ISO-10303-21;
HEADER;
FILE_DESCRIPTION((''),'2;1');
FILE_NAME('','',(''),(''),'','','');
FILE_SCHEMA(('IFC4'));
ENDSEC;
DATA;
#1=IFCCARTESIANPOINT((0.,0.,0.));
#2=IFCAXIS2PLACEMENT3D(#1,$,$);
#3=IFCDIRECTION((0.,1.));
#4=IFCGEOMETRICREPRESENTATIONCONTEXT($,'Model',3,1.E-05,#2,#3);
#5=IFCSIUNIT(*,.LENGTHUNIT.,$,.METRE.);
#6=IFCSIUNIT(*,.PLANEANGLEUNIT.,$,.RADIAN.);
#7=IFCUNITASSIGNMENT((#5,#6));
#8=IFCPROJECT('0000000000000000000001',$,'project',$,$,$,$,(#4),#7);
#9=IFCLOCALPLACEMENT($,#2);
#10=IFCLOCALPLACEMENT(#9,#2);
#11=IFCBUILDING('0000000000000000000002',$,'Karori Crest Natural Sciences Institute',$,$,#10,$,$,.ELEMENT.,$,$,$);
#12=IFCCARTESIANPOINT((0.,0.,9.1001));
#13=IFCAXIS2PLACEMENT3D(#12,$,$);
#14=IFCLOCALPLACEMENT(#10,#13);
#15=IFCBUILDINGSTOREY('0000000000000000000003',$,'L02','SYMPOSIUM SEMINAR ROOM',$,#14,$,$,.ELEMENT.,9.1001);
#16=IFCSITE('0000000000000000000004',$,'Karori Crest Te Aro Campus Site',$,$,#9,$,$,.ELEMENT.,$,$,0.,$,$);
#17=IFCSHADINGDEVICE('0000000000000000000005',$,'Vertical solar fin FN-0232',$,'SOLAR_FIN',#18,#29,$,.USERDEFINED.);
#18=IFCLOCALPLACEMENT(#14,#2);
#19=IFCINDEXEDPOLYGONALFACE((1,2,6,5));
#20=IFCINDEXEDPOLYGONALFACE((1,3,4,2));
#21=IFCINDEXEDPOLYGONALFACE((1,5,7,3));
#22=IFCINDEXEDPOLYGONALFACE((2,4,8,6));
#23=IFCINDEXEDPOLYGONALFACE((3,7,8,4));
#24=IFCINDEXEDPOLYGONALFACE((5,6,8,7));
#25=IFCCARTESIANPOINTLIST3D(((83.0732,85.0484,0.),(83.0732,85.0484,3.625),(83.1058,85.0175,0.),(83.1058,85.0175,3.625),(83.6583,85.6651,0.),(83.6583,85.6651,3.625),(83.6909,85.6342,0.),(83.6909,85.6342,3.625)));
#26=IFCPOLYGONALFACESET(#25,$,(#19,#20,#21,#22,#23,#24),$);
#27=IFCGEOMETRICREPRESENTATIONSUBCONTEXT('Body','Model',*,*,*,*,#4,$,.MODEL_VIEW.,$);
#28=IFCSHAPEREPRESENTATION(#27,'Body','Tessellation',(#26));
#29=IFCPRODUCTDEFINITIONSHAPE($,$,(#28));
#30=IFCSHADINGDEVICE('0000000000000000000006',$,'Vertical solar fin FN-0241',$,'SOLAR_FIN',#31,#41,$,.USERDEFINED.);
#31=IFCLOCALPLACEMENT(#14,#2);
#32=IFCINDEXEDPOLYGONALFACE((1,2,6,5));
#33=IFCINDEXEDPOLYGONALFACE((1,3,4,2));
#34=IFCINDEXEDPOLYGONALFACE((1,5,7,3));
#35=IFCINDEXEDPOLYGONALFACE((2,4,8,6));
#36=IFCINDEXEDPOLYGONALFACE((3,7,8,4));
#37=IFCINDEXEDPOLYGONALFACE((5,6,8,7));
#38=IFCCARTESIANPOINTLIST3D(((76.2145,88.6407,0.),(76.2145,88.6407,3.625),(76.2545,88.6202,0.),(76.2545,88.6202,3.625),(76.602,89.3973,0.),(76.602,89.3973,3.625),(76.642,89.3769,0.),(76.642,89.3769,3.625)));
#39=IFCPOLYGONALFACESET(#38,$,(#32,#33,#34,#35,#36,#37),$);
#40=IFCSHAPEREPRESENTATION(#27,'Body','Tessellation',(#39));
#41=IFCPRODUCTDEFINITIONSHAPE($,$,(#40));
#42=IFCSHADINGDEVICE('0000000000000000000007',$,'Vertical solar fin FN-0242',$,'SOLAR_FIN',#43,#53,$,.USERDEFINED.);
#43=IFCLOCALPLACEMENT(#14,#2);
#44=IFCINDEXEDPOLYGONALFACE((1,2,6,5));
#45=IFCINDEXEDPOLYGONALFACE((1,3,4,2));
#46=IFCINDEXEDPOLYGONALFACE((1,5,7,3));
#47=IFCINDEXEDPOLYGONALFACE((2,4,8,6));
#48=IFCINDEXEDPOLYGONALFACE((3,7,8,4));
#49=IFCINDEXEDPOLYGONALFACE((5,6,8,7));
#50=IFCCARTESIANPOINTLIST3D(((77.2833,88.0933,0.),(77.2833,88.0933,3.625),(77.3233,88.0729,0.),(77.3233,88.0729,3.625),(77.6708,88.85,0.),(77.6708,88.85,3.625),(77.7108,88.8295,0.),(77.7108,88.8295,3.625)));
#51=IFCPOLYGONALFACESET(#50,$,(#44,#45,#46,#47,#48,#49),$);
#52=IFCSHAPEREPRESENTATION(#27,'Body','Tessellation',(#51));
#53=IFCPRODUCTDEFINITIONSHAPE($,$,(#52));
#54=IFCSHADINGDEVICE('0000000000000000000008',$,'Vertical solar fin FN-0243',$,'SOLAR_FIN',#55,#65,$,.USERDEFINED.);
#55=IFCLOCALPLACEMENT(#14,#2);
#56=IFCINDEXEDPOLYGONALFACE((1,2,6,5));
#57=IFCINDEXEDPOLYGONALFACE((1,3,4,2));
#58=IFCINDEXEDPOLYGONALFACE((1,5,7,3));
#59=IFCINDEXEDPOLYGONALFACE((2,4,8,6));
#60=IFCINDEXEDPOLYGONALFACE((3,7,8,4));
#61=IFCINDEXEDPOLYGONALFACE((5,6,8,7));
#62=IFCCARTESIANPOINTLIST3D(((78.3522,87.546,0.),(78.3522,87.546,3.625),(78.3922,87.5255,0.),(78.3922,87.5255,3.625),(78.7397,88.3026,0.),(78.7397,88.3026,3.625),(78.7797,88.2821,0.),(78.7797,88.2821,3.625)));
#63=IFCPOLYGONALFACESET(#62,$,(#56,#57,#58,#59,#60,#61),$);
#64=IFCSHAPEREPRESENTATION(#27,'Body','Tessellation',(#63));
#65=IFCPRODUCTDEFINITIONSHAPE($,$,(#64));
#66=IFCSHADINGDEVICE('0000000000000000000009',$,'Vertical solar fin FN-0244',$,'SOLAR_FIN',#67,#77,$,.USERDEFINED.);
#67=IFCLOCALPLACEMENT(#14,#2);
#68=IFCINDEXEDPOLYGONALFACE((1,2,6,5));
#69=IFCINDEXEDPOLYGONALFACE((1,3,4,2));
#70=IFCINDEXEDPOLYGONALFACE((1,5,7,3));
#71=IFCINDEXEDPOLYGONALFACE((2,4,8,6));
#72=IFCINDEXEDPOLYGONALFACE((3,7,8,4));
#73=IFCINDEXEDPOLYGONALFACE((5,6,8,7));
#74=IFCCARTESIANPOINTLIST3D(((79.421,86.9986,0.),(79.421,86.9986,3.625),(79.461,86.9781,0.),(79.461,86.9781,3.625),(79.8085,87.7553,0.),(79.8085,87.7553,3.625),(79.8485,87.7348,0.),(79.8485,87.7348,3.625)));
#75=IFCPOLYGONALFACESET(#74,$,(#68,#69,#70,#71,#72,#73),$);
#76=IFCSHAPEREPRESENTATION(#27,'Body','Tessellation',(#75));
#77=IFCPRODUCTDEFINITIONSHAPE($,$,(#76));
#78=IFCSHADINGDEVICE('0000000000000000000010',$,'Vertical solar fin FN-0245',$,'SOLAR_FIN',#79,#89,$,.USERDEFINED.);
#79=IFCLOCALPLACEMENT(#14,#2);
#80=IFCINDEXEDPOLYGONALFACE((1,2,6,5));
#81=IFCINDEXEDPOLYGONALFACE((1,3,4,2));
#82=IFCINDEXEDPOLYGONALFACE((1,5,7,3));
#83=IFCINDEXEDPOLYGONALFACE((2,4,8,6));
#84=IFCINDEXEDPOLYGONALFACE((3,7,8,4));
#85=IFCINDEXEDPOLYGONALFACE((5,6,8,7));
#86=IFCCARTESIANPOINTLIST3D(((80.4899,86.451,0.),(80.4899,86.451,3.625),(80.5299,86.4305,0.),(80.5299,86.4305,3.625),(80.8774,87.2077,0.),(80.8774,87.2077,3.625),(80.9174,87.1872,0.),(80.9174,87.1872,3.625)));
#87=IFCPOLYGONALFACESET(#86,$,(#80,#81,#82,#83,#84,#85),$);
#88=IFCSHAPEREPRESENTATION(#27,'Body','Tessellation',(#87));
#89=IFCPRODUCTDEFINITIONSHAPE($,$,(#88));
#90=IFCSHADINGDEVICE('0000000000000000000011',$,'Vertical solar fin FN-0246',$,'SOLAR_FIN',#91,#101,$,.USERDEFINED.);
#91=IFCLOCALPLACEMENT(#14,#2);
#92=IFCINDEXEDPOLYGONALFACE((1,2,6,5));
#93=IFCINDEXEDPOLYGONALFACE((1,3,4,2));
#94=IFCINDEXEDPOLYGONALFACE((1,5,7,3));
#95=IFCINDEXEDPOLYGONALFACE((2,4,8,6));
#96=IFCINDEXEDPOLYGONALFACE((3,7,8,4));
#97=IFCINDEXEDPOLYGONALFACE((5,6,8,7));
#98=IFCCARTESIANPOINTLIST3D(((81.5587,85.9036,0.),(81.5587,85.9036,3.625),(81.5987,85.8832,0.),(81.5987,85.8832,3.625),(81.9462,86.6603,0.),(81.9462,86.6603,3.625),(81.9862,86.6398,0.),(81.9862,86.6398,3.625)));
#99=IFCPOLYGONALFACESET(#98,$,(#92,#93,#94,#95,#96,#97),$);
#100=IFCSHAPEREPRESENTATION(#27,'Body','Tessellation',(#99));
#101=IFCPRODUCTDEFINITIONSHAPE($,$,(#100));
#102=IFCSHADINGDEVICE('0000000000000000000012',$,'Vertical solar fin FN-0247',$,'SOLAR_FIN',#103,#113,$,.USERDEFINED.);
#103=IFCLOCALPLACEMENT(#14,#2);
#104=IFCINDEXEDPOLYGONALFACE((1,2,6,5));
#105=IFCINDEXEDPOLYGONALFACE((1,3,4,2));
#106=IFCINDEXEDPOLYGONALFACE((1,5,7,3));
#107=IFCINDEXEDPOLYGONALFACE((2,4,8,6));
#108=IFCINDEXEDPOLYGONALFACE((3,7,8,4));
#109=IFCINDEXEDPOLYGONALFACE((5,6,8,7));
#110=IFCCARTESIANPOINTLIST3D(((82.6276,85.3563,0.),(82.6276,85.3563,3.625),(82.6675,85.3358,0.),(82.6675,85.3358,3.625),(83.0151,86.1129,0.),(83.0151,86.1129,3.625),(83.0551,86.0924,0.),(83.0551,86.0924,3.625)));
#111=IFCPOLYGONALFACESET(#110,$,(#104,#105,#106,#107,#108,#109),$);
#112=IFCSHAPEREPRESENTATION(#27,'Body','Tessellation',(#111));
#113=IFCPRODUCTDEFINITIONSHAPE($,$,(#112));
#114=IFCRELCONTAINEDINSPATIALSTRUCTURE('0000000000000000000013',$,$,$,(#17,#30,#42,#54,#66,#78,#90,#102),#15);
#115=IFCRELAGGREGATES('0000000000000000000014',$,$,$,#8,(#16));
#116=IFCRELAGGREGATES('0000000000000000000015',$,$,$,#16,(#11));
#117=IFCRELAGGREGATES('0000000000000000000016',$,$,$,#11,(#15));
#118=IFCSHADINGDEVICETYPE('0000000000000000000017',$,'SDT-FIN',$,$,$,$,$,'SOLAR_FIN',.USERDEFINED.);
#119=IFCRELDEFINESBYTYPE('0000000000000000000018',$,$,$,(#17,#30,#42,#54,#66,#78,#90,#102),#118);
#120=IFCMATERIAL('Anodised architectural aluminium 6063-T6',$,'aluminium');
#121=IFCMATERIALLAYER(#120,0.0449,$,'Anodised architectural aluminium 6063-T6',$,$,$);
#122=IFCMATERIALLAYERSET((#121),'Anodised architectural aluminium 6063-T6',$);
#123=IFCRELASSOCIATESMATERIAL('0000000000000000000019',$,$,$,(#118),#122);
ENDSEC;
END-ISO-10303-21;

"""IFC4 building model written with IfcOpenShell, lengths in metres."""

from ifc_helpers import new_model, si_unit, direction, frame, origin, origin_2d, place, context, subcontext, project, spatial, rectangle, extrude, material, layer, layer_set, type_object, element, save


model = new_model("IFC4")

# Units and contexts
model_context = context("Model", 3, precision=1e-05, world=origin(), true_north=direction((0.0, 1.0)))
body_context = subcontext(model_context, "Body", "Model", "MODEL_VIEW")
ifc_project = project(units=[si_unit("LENGTHUNIT", "METRE"), si_unit("PLANEANGLEUNIT", "RADIAN")], contexts=[model_context])

# Site, building, storey
site_placement = place(None, origin())
site = spatial("IfcSite", under=ifc_project, at=site_placement, Name="Karori Crest Te Aro Campus Site", CompositionType="ELEMENT", RefElevation=0.0)
building_placement = place(site_placement, origin())
building = spatial("IfcBuilding", under=site, at=building_placement, Name="Karori Crest Natural Sciences Institute", CompositionType="ELEMENT")
storey_placement = place(building_placement, frame((0.0, 0.0, 9.1001)))
storey = spatial("IfcBuildingStorey", under=building, at=storey_placement, Name="L02", Description="SYMPOSIUM SEMINAR ROOM", CompositionType="ELEMENT", Elevation=9.1001)

# Shared definitions
ifc_material_1 = material(Name="Anodised architectural aluminium 6063-T6", Category="aluminium")

# Shading devices
ifc_layer_1 = layer(ifc_material_1, 0.0449, Name="Anodised architectural aluminium 6063-T6")
ifc_layer_set_1 = layer_set([ifc_layer_1], Name="Anodised architectural aluminium 6063-T6")
shading_device_type = type_object("IfcShadingDeviceType", Name="SDT-FIN", ElementType="SOLAR_FIN", PredefinedType="USERDEFINED", material=ifc_layer_set_1)
for number, where, z_axis, x_axis, name in (
    (1, (83.3821, 85.3413, 0.0), (0.0, 0.0, 1.0), (0.688246, 0.725478, 0.0), "Vertical solar fin FN-0232"),
    (2, (76.4282, 89.0088, 0.0), (0.0, 0.0, 1.0), (0.455832, 0.890066, 0.0), "Vertical solar fin FN-0241"),
    (3, (77.4971, 88.4614, 0.0), (0.0, 0.0, 1.0), (0.455832, 0.890066, 0.0), "Vertical solar fin FN-0242"),
    (4, (78.5659, 87.9141, 0.0), (0.0, 0.0, 1.0), (0.455832, 0.890066, 0.0), "Vertical solar fin FN-0243"),
    (5, (79.6348, 87.3667, 0.0), (0.0, 0.0, 1.0), (0.455832, 0.890066, 0.0), "Vertical solar fin FN-0244"),
    (6, (80.7036, 86.8191, 0.0), (0.0, 0.0, 1.0), (0.455832, 0.890066, 0.0), "Vertical solar fin FN-0245"),
    (7, (81.7725, 86.2717, 0.0), (0.0, 0.0, 1.0), (0.455832, 0.890066, 0.0), "Vertical solar fin FN-0246"),
    (8, (82.8413, 85.7244, 0.0), (0.0, 0.0, 1.0), (0.455832, 0.890066, 0.0), "Vertical solar fin FN-0247"),
):
    element("IfcShadingDevice", number, at=place(storey_placement, frame(where, z_axis=z_axis, x_axis=x_axis)), inside=storey, type_object=shading_device_type, Name=name, ObjectType="SOLAR_FIN", PredefinedType="USERDEFINED", context=body_context, shape_type="SweptSolid", body=[
        extrude(rectangle(XDim=0.8501, YDim=0.0449, at=origin_2d()), origin(), (0.0, 0.0, 1.0), 3.625),
    ])

save(model, "model.ifc")
